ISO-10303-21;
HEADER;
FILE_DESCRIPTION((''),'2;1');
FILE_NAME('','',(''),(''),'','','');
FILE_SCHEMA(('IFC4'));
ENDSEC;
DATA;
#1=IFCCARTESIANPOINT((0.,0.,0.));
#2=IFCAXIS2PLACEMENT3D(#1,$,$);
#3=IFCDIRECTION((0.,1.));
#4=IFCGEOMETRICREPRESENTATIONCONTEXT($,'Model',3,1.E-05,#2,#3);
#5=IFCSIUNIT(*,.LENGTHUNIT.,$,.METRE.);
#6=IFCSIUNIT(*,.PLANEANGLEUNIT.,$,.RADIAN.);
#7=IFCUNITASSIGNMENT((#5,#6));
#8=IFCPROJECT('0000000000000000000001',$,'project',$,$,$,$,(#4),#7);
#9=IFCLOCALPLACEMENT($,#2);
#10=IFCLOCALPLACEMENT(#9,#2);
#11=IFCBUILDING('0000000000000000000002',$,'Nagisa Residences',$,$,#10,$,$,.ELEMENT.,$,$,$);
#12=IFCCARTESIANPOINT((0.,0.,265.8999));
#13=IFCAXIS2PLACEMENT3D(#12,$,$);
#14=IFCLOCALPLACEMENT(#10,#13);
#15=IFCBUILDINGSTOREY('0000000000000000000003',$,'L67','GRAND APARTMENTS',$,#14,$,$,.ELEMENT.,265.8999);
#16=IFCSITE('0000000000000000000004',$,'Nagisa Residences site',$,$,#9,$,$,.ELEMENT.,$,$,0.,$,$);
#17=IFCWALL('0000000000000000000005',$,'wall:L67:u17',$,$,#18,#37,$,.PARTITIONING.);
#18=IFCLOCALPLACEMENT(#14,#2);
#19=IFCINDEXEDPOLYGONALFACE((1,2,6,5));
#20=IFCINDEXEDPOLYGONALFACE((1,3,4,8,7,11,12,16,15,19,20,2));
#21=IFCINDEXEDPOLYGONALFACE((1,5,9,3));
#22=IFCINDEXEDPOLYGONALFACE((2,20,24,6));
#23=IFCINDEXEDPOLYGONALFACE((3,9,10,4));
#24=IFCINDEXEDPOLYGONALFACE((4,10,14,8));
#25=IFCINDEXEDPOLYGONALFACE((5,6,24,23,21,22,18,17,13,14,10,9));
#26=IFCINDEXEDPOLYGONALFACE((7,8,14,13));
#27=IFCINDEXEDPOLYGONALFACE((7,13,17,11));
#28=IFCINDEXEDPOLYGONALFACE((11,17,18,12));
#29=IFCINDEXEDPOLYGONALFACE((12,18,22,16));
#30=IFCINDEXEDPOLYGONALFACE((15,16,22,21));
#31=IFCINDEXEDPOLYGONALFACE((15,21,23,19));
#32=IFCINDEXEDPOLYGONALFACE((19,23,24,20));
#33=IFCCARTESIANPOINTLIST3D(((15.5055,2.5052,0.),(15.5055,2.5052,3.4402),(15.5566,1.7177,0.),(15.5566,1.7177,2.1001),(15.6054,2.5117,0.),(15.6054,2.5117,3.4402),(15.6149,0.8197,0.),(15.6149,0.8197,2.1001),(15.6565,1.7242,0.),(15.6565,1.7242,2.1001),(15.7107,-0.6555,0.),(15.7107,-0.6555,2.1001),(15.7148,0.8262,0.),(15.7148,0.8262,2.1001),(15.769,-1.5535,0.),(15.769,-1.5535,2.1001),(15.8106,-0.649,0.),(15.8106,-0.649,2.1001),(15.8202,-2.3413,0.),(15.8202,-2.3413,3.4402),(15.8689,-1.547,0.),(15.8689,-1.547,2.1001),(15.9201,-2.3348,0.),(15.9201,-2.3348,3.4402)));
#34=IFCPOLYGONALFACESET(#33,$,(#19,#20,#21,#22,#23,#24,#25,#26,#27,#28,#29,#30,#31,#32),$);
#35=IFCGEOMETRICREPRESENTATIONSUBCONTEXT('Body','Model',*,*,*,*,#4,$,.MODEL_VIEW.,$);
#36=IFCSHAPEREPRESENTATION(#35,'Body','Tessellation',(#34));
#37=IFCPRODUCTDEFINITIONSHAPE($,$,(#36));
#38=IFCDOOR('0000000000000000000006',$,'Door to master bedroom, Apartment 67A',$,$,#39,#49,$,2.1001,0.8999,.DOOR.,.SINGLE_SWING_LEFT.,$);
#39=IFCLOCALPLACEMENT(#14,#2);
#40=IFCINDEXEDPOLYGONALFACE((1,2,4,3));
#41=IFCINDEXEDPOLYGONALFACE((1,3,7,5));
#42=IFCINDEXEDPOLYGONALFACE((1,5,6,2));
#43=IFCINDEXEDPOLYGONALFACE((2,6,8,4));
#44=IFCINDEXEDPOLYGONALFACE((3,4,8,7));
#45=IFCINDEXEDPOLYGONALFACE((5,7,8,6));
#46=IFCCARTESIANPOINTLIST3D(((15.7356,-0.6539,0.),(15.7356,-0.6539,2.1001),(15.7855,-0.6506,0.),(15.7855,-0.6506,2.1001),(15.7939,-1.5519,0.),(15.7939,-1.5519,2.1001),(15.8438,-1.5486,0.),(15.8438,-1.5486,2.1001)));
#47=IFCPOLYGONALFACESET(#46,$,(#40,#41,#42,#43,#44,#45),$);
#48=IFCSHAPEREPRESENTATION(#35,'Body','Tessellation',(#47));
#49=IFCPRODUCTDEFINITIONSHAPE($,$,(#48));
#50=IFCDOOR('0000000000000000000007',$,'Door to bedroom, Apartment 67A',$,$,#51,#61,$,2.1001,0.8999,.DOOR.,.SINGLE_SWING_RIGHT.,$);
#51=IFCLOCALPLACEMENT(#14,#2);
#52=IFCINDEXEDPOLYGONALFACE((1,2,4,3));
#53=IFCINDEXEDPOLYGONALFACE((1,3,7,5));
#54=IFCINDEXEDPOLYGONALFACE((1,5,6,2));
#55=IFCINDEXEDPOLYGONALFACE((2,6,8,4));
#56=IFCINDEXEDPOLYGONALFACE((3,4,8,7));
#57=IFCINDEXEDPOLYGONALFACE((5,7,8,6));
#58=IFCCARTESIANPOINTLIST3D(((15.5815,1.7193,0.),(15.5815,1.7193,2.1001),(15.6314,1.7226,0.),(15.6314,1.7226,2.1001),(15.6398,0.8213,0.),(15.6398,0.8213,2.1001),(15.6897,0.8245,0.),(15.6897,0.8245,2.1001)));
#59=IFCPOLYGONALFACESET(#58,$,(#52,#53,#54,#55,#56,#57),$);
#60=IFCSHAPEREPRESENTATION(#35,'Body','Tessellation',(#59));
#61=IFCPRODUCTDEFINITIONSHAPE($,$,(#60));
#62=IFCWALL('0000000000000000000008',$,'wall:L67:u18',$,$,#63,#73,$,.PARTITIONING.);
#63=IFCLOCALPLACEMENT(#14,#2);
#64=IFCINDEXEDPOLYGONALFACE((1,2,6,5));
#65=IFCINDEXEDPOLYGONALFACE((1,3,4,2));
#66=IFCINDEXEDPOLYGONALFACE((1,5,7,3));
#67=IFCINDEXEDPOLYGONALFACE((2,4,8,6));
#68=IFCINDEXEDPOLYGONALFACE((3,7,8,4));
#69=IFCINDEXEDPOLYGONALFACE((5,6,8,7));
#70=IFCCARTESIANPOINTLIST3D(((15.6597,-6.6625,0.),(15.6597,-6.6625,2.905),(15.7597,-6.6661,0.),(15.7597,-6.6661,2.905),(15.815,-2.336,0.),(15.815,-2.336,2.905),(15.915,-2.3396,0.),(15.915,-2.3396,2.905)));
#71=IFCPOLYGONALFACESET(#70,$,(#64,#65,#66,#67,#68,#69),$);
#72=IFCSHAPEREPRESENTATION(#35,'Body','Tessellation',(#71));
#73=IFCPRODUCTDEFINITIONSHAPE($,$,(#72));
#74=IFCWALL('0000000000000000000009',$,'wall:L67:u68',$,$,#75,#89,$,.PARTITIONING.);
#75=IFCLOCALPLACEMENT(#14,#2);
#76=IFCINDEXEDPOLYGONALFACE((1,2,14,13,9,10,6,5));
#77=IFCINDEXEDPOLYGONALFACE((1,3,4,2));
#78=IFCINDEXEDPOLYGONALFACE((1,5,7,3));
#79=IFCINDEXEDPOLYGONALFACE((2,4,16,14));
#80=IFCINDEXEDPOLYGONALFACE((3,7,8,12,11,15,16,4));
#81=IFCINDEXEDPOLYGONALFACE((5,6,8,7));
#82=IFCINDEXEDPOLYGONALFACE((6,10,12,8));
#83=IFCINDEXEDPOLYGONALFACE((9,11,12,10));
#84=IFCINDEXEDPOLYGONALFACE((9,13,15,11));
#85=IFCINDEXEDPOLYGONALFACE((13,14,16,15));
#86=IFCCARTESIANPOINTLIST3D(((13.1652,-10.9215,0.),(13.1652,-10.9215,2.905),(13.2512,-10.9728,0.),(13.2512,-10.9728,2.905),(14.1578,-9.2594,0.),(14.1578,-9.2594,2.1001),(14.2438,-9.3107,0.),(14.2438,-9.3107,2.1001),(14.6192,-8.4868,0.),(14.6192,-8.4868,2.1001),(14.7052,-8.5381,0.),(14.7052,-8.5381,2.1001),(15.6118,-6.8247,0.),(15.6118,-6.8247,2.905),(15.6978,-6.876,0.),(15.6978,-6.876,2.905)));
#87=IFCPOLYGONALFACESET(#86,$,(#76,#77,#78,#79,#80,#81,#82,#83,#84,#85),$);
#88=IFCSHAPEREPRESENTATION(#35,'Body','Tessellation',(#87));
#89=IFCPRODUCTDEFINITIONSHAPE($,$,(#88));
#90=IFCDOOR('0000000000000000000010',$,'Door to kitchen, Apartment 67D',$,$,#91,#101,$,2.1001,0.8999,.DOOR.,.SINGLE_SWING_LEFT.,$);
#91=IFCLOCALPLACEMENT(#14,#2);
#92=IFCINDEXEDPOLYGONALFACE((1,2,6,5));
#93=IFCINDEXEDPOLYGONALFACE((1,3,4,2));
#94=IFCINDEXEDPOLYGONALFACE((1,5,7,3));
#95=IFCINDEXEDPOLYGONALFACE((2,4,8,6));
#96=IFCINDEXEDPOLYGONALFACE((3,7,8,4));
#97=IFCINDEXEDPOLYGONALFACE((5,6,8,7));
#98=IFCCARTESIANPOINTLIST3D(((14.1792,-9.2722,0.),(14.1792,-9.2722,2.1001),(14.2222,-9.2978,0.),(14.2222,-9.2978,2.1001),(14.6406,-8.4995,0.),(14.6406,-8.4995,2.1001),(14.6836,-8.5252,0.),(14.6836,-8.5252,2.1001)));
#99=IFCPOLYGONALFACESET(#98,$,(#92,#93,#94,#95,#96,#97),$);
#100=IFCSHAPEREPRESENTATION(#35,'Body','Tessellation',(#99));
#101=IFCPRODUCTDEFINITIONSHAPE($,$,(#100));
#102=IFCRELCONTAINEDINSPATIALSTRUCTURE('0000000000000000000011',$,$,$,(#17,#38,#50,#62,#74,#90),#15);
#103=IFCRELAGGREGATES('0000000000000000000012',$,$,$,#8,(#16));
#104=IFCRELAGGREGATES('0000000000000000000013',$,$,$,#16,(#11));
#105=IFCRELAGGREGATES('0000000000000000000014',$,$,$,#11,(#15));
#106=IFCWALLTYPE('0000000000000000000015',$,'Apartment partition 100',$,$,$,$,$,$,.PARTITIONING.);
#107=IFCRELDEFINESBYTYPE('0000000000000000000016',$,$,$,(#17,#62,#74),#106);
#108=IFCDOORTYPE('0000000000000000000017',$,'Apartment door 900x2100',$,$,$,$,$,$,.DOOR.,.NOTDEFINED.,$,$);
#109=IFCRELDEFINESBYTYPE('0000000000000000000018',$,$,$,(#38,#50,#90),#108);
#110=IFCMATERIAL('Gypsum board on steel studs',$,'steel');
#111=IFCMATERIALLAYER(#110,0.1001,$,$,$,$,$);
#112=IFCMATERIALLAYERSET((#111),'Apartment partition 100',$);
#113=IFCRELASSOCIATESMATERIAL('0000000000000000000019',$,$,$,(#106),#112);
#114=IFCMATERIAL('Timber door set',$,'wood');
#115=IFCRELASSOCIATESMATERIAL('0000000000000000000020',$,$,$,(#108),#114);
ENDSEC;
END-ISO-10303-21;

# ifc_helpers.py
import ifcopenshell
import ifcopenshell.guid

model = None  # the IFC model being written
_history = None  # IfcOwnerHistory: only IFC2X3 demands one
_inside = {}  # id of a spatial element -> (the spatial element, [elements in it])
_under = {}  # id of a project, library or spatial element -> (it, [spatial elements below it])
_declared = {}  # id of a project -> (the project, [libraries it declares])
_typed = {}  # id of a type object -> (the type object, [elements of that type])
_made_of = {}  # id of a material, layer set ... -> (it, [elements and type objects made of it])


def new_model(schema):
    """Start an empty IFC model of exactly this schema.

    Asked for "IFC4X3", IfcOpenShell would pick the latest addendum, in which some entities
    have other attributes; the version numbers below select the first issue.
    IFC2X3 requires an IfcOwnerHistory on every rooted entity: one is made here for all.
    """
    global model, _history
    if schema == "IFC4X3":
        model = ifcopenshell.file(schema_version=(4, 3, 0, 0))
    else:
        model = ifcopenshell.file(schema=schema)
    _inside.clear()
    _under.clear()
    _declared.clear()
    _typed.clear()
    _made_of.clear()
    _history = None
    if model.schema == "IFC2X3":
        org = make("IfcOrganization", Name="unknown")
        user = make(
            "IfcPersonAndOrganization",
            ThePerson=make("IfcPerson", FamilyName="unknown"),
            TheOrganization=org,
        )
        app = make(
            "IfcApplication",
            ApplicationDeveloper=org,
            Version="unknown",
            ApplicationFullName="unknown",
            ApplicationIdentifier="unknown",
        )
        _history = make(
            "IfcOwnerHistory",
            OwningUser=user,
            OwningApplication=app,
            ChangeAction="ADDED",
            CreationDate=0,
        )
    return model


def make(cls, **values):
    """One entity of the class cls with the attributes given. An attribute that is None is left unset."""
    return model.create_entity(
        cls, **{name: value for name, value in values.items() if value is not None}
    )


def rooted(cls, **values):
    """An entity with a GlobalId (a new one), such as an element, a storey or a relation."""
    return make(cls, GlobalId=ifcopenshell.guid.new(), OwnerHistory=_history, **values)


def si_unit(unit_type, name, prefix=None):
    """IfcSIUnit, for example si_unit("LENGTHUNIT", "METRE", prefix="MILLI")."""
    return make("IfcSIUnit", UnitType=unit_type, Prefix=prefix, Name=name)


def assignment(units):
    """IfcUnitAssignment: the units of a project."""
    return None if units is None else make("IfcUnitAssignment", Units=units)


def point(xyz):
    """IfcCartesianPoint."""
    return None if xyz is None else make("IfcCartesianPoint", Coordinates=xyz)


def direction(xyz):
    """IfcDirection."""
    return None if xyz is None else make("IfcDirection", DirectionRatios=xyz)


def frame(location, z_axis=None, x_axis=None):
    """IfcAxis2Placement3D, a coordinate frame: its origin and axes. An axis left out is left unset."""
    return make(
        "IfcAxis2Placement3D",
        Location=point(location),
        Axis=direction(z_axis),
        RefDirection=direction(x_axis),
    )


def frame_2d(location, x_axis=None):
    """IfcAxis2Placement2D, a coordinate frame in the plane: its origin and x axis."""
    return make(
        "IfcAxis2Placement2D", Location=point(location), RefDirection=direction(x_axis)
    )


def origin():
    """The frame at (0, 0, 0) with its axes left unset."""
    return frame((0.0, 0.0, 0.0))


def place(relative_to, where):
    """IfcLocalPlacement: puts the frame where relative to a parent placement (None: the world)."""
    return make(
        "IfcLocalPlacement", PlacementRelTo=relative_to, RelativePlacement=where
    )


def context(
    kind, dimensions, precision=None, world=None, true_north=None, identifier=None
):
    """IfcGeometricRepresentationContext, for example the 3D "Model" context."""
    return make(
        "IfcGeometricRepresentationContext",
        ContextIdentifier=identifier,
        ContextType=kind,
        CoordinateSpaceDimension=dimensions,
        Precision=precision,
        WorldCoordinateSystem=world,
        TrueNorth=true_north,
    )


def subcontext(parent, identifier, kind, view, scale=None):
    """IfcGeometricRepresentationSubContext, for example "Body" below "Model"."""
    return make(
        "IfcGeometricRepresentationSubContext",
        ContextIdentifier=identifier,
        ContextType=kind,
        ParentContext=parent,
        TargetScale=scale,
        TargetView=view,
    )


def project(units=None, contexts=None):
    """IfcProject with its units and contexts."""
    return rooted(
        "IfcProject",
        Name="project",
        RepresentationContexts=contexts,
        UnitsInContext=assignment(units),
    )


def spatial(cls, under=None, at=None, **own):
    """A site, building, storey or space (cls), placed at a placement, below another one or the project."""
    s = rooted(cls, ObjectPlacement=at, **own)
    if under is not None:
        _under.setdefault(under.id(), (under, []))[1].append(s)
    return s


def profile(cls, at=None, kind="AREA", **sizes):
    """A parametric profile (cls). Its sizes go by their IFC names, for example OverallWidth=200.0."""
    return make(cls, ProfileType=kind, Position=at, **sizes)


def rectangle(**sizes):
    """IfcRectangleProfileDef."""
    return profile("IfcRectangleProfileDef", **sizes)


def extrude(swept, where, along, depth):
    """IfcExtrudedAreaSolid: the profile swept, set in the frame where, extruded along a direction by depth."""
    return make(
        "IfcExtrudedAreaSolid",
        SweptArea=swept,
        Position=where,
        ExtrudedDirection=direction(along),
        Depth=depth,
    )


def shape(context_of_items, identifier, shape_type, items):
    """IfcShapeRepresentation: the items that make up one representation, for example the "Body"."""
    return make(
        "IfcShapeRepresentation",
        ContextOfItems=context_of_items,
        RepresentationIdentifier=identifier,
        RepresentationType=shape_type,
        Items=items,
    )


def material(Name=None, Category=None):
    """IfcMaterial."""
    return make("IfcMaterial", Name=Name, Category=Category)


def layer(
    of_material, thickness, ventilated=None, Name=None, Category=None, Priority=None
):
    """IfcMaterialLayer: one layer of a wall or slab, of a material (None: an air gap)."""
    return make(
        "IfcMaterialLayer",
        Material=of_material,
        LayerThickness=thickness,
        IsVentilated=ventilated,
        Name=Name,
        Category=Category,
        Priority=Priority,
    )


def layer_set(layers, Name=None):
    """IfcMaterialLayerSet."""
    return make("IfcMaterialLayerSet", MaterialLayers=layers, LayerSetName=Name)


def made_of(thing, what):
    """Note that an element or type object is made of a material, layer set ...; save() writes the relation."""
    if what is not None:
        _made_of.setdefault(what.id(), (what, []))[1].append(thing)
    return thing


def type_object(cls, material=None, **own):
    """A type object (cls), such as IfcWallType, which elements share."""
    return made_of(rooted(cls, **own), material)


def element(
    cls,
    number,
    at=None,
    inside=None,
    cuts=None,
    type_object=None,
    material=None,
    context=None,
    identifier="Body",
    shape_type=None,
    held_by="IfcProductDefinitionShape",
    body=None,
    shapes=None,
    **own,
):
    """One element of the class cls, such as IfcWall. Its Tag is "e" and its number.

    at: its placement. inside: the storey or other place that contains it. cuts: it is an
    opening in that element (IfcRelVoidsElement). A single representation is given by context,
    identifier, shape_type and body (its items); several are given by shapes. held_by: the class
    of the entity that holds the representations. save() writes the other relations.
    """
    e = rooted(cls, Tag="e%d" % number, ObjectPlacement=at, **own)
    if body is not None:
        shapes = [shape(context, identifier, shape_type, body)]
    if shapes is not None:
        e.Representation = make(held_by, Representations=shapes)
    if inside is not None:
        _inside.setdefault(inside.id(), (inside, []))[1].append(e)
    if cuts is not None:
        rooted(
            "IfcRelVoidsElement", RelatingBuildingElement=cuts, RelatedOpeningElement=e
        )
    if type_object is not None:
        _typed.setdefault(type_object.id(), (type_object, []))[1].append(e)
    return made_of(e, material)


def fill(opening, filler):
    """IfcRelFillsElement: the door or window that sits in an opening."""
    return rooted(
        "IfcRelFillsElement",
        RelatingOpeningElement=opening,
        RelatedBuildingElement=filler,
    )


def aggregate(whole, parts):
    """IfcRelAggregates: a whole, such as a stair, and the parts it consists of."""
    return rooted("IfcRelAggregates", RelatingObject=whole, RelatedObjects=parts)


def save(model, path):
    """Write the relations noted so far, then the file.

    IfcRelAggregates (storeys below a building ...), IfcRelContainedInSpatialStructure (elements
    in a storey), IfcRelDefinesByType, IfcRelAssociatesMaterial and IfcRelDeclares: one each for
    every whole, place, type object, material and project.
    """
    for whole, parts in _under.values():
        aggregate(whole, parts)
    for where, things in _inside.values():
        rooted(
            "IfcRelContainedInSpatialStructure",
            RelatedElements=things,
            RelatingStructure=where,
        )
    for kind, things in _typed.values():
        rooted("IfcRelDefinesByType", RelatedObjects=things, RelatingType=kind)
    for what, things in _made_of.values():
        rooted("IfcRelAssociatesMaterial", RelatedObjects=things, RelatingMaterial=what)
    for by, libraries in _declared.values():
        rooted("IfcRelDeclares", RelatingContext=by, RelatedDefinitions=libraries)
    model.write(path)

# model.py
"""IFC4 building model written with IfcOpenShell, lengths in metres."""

from ifc_helpers import new_model, si_unit, direction, frame, frame_2d, origin, place, context, subcontext, project, spatial, rectangle, extrude, material, layer, layer_set, type_object, element, fill, save


model = new_model("IFC4")

# Units and contexts
model_context = context("Model", 3, precision=1e-05, world=origin(), true_north=direction((0.0, 1.0)))
body_context = subcontext(model_context, "Body", "Model", "MODEL_VIEW")
ifc_project = project(units=[si_unit("LENGTHUNIT", "METRE"), si_unit("PLANEANGLEUNIT", "RADIAN")], contexts=[model_context])

# Site, building, storey
site_placement = place(None, origin())
site = spatial("IfcSite", under=ifc_project, at=site_placement, Name="Nagisa Residences site", CompositionType="ELEMENT", RefElevation=0.0)
building_placement = place(site_placement, origin())
building = spatial("IfcBuilding", under=site, at=building_placement, Name="Nagisa Residences", CompositionType="ELEMENT")
storey_placement = place(building_placement, frame((0.0, 0.0, 265.8999)))
storey = spatial("IfcBuildingStorey", under=building, at=storey_placement, Name="L67", Description="GRAND APARTMENTS", CompositionType="ELEMENT", Elevation=265.8999)

# Shared definitions
ifc_material_1 = material(Name="Gypsum board on steel studs", Category="steel")
ifc_layer_1 = layer(ifc_material_1, 0.1001)
ifc_layer_set_1 = layer_set([ifc_layer_1], Name="Apartment partition 100")
wall_type_1 = type_object("IfcWallType", Name="Apartment partition 100", PredefinedType="PARTITIONING", material=ifc_layer_set_1)
ifc_material_2 = material(Name="Timber door set", Category="wood")
door_type_1 = type_object("IfcDoorType", Name="Apartment door 900x2100", OperationType="NOTDEFINED", PredefinedType="DOOR", material=ifc_material_2)

# Wall, openings, doors
wall_1_placement = place(storey_placement, frame((15.8701, -2.3379, 0.0), z_axis=(0.0, 0.0, 1.0), x_axis=(-0.064797, 0.997898, 0.0)))
wall_1 = element("IfcWall", 1, at=wall_1_placement, inside=storey, type_object=wall_type_1, Name="wall:L67:u17", PredefinedType="PARTITIONING", context=body_context, shape_type="SweptSolid", body=[
    extrude(rectangle(XDim=4.8567, YDim=0.1001, at=frame_2d((2.4282, 0.0))), origin(), (0.0, 0.0, 1.0), 3.4402),
])
opening_1_placement = place(wall_1_placement, frame((0.7893, 0.0, 0.0)))
opening_1 = element("IfcOpeningElement", 2, at=opening_1_placement, cuts=wall_1, PredefinedType="OPENING", context=body_context, shape_type="SweptSolid", body=[
    extrude(rectangle(XDim=0.8999, YDim=2.1001, at=frame_2d((0.45, 1.05))), frame((0.0, 0.0601, 0.0), z_axis=(0.0, -1.0, 0.0), x_axis=(1.0, 0.0, 0.0)), (0.0, 0.0, 1.0), 0.1201),
])
opening_2_placement = place(wall_1_placement, frame((3.1675, 0.0, 0.0)))
opening_2 = element("IfcOpeningElement", 3, at=opening_2_placement, cuts=wall_1, PredefinedType="OPENING", context=body_context, shape_type="SweptSolid", body=[
    extrude(rectangle(XDim=0.8999, YDim=2.1001, at=frame_2d((0.45, 1.05))), frame((0.0, 0.0601, 0.0), z_axis=(0.0, -1.0, 0.0), x_axis=(1.0, 0.0, 0.0)), (0.0, 0.0, 1.0), 0.1201),
])
door_1_placement = place(opening_1_placement, frame((0.8999, 0.0, 0.0), x_axis=(-1.0, 0.0, 0.0)))
door_1 = element("IfcDoor", 4, at=door_1_placement, inside=storey, type_object=door_type_1, Name="Door to master bedroom, Apartment 67A", OperationType="SINGLE_SWING_LEFT", OverallHeight=2.1001, OverallWidth=0.8999, PredefinedType="DOOR", context=body_context, shape_type="SweptSolid", body=[
    extrude(rectangle(XDim=0.8999, YDim=2.1001, at=frame_2d((0.45, 1.05))), frame((0.0, 0.0249, 0.0), z_axis=(0.0, -1.0, 0.0), x_axis=(1.0, 0.0, 0.0)), (0.0, 0.0, 1.0), 0.05),
])
fill(opening_1, door_1)
door_2_placement = place(opening_2_placement, frame((0.8999, 0.0, 0.0), x_axis=(-1.0, 0.0, 0.0)))
door_2 = element("IfcDoor", 5, at=door_2_placement, inside=storey, type_object=door_type_1, Name="Door to bedroom, Apartment 67A", OperationType="SINGLE_SWING_RIGHT", OverallHeight=2.1001, OverallWidth=0.8999, PredefinedType="DOOR", context=body_context, shape_type="SweptSolid", body=[
    extrude(rectangle(XDim=0.8999, YDim=2.1001, at=frame_2d((0.45, 1.05))), frame((0.0, 0.0249, 0.0), z_axis=(0.0, -1.0, 0.0), x_axis=(1.0, 0.0, 0.0)), (0.0, 0.0, 1.0), 0.05),
])
fill(opening_2, door_2)

# Wall
wall_2_placement = place(storey_placement, frame((15.865, -2.3379, 0.0), z_axis=(0.0, 0.0, 1.0), x_axis=(-0.035865, -0.999357, 0.0)))
element("IfcWall", 6, at=wall_2_placement, inside=storey, type_object=wall_type_1, Name="wall:L67:u18", PredefinedType="PARTITIONING", context=body_context, shape_type="SweptSolid", body=[
    extrude(rectangle(XDim=4.3293, YDim=0.1001, at=frame_2d((2.1646, 0.0))), origin(), (0.0, 0.0, 1.0), 2.905),
])

# Wall, opening, door
wall_3_placement = place(storey_placement, frame((13.2083, -10.947, 0.0), z_axis=(0.0, 0.0, 1.0), x_axis=(0.512726, 0.858552, 0.0)))
wall_3 = element("IfcWall", 7, at=wall_3_placement, inside=storey, type_object=wall_type_1, Name="wall:L67:u68", PredefinedType="PARTITIONING", context=body_context, shape_type="SweptSolid", body=[
    extrude(rectangle(XDim=4.7717, YDim=0.1001, at=frame_2d((2.3857, 0.0))), origin(), (0.0, 0.0, 1.0), 2.905),
])
opening_3_placement = place(wall_3_placement, frame((1.9358, 0.0, 0.0)))
opening_3 = element("IfcOpeningElement", 8, at=opening_3_placement, cuts=wall_3, PredefinedType="OPENING", context=body_context, shape_type="SweptSolid", body=[
    extrude(rectangle(XDim=0.8999, YDim=2.1001, at=frame_2d((0.45, 1.05))), frame((0.0, 0.0601, 0.0), z_axis=(0.0, -1.0, 0.0), x_axis=(1.0, 0.0, 0.0)), (0.0, 0.0, 1.0), 0.1201),
])
door_3_placement = place(opening_3_placement, frame((0.8999, 0.0, 0.0), x_axis=(-1.0, 0.0, 0.0)))
door_3 = element("IfcDoor", 9, at=door_3_placement, inside=storey, type_object=door_type_1, Name="Door to kitchen, Apartment 67D", OperationType="SINGLE_SWING_LEFT", OverallHeight=2.1001, OverallWidth=0.8999, PredefinedType="DOOR", context=body_context, shape_type="SweptSolid", body=[
    extrude(rectangle(XDim=0.8999, YDim=2.1001, at=frame_2d((0.45, 1.05))), frame((0.0, 0.0249, 0.0), z_axis=(0.0, -1.0, 0.0), x_axis=(1.0, 0.0, 0.0)), (0.0, 0.0, 1.0), 0.05),
])
fill(opening_3, door_3)

save(model, "model.ifc")
